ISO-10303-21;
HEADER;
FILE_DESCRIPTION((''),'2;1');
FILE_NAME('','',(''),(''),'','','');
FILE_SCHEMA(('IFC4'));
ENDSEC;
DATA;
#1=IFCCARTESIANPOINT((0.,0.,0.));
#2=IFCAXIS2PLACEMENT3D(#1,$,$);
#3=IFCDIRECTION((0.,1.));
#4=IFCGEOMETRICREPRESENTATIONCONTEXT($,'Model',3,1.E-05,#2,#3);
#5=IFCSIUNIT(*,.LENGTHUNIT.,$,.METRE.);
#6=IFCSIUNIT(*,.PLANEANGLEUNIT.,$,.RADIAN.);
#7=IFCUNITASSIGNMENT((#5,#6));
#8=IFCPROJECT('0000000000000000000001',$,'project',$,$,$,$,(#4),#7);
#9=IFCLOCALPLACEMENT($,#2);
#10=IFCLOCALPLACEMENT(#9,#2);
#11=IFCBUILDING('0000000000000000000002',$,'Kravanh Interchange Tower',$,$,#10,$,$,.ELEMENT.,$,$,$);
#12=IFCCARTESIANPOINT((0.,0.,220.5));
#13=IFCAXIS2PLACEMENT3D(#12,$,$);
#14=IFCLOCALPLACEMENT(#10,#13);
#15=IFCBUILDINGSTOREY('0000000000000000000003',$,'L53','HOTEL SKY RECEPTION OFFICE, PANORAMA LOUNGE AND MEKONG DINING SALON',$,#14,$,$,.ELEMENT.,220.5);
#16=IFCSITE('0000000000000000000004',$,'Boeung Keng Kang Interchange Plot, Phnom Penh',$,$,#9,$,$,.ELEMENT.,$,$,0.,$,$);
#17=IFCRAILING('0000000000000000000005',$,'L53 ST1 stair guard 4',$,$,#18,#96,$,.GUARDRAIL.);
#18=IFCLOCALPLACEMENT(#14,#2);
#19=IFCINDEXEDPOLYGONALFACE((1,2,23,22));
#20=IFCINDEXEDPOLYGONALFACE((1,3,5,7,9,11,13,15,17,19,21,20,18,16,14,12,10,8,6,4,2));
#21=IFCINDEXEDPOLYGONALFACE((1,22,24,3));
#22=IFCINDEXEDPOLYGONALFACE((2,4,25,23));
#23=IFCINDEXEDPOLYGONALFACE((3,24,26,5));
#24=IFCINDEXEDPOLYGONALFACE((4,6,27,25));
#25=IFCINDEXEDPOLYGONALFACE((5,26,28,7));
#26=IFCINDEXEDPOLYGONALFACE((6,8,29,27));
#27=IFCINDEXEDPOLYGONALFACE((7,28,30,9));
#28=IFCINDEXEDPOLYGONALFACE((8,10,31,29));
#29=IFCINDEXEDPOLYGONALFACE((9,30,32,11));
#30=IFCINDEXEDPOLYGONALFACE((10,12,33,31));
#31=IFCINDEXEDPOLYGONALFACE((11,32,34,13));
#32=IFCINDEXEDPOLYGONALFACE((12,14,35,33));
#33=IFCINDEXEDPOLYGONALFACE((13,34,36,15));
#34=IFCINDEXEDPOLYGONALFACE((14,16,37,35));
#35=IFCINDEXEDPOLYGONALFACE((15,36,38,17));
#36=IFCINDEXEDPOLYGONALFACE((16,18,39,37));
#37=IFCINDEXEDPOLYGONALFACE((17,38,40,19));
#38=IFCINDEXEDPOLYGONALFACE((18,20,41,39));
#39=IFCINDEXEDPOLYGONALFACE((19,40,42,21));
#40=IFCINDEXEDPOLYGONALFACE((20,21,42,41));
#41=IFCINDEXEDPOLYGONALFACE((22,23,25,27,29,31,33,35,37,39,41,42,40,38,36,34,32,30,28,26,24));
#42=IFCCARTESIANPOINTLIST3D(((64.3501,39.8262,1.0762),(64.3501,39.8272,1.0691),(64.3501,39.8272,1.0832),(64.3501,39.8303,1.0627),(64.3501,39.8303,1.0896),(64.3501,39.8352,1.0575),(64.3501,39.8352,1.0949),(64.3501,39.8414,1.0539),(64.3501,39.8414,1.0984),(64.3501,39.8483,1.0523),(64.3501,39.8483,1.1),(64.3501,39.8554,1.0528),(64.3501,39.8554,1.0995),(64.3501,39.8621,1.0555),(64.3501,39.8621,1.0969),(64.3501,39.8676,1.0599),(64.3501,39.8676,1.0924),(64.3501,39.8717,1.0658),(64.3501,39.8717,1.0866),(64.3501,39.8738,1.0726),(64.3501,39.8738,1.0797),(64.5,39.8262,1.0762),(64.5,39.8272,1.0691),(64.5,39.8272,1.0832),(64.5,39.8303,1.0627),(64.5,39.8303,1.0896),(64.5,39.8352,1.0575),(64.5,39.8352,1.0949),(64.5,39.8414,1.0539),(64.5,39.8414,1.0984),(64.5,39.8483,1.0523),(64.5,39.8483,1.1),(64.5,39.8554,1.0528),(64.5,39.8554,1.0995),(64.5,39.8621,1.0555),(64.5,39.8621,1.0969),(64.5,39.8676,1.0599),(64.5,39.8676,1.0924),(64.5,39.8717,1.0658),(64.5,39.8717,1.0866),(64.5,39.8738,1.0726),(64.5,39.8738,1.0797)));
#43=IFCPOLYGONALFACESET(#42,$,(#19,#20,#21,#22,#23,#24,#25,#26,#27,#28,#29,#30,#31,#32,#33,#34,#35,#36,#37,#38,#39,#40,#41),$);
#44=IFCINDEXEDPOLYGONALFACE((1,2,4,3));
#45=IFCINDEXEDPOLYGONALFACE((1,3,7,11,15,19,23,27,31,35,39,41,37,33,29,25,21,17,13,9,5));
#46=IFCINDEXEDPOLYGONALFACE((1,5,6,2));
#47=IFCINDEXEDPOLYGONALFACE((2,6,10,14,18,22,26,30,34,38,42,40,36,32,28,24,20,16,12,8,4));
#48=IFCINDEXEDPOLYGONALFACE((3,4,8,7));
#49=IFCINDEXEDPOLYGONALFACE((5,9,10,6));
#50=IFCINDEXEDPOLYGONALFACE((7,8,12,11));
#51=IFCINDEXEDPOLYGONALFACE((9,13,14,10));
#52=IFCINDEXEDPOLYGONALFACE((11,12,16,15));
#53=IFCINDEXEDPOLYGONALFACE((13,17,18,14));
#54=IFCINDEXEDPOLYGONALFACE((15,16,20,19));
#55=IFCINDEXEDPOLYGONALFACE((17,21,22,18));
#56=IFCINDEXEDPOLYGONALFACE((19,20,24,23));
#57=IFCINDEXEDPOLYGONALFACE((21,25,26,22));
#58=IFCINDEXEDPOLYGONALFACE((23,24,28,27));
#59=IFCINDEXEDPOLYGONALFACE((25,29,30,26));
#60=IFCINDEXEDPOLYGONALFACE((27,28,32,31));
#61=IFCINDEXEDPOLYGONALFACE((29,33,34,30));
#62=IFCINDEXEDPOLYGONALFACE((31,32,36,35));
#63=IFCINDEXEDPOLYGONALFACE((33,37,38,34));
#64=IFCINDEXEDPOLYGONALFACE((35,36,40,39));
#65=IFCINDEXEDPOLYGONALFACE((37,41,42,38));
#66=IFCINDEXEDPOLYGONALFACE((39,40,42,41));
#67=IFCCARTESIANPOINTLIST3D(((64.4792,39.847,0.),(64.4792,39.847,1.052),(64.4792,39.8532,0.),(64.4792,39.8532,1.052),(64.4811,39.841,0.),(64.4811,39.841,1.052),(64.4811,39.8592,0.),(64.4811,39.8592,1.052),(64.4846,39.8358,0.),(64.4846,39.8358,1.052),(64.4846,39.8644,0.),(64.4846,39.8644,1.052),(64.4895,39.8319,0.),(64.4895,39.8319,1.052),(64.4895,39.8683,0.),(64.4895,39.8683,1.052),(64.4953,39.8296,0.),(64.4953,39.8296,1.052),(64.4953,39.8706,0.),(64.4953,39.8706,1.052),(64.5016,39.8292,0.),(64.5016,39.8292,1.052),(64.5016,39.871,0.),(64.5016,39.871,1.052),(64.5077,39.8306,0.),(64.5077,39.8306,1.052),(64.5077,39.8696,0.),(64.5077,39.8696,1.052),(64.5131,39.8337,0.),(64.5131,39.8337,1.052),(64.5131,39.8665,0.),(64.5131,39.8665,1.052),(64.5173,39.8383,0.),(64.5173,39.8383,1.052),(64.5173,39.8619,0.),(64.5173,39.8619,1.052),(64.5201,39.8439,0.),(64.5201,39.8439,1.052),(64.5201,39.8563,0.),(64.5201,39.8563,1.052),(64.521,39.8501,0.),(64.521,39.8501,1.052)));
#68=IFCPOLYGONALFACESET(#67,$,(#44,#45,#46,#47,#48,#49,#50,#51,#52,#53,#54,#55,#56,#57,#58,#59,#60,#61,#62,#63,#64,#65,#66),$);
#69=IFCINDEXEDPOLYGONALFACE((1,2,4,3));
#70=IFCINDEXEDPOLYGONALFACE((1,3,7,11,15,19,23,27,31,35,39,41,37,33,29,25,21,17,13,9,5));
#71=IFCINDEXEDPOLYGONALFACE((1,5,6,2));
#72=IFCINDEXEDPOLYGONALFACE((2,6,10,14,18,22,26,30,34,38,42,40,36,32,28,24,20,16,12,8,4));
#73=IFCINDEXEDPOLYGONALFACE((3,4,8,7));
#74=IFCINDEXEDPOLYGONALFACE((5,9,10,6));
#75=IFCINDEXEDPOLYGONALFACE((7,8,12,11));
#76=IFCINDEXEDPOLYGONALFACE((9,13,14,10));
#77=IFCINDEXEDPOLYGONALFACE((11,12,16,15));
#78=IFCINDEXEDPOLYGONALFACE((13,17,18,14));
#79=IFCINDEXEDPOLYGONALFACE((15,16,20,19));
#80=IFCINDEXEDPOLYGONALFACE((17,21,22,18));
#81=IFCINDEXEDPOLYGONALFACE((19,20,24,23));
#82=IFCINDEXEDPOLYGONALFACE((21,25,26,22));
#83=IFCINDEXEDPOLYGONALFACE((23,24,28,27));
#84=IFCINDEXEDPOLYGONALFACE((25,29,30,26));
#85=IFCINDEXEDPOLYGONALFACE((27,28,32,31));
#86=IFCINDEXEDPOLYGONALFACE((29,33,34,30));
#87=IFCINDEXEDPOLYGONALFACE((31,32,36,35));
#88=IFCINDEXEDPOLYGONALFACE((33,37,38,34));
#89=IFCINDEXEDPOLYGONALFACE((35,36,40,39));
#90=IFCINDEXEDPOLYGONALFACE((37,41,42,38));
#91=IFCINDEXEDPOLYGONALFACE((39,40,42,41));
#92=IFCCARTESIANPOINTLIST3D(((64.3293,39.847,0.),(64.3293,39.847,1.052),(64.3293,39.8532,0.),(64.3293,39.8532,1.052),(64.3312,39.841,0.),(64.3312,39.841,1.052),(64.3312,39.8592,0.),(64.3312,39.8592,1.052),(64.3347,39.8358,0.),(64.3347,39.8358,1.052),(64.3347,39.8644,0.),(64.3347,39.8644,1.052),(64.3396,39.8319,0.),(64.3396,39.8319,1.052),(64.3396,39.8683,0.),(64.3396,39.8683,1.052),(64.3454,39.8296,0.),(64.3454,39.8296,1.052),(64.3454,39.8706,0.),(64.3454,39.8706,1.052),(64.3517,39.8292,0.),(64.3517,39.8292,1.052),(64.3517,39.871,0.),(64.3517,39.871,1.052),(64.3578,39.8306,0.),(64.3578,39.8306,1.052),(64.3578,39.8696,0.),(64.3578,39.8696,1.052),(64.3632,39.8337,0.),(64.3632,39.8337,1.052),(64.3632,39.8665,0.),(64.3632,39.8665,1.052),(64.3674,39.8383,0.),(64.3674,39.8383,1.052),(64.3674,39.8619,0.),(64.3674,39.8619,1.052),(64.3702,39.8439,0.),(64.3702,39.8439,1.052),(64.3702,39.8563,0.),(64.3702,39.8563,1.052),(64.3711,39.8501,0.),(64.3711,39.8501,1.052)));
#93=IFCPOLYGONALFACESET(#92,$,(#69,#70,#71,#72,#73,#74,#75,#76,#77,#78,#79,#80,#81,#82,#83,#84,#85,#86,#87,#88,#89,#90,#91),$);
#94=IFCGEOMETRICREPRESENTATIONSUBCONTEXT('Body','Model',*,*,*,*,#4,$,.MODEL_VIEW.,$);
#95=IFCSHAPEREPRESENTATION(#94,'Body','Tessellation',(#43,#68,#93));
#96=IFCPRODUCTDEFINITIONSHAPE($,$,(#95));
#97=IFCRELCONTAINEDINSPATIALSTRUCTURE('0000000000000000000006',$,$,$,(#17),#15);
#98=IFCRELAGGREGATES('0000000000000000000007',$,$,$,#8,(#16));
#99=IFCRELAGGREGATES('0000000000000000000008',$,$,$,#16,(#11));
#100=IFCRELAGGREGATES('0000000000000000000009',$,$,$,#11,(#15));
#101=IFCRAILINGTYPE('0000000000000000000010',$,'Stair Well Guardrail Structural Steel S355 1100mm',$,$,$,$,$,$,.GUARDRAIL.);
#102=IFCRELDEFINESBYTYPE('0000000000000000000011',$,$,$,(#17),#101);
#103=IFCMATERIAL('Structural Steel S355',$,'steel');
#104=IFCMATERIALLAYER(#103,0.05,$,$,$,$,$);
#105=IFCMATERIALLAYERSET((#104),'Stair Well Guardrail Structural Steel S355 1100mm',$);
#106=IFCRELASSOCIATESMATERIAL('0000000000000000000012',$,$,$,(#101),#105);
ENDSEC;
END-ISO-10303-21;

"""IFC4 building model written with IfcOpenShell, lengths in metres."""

from ifc_helpers import new_model, si_unit, direction, frame, origin, origin_2d, place, context, subcontext, project, spatial, circle, extrude, material, layer, layer_set, type_object, element, save


model = new_model("IFC4")

# Units and contexts
model_context = context("Model", 3, precision=1e-05, world=origin(), true_north=direction((0.0, 1.0)))
body_context = subcontext(model_context, "Body", "Model", "MODEL_VIEW")
ifc_project = project(units=[si_unit("LENGTHUNIT", "METRE"), si_unit("PLANEANGLEUNIT", "RADIAN")], contexts=[model_context])

# Site, building, storey
site_placement = place(None, origin())
site = spatial("IfcSite", under=ifc_project, at=site_placement, Name="Boeung Keng Kang Interchange Plot, Phnom Penh", CompositionType="ELEMENT", RefElevation=0.0)
building_placement = place(site_placement, origin())
building = spatial("IfcBuilding", under=site, at=building_placement, Name="Kravanh Interchange Tower", CompositionType="ELEMENT")
storey_placement = place(building_placement, frame((0.0, 0.0, 220.5)))
storey = spatial("IfcBuildingStorey", under=building, at=storey_placement, Name="L53", Description="HOTEL SKY RECEPTION OFFICE, PANORAMA LOUNGE AND MEKONG DINING SALON", CompositionType="ELEMENT", Elevation=220.5)

# Railing
ifc_material_1 = material(Name="Structural Steel S355", Category="steel")
ifc_layer_1 = layer(ifc_material_1, 0.05)
ifc_layer_set_1 = layer_set([ifc_layer_1], Name="Stair Well Guardrail Structural Steel S355 1100mm")
railing_type_1 = type_object("IfcRailingType", Name="Stair Well Guardrail Structural Steel S355 1100mm", PredefinedType="GUARDRAIL", material=ifc_layer_set_1)
railing_1_placement = place(storey_placement, frame((64.5, 39.8501, 0.0)))
element("IfcRailing", 1, at=railing_1_placement, inside=storey, type_object=railing_type_1, Name="L53 ST1 stair guard 4", PredefinedType="GUARDRAIL", context=body_context, shape_type="SweptSolid", body=[
    extrude(circle(Radius=0.0239, at=origin_2d()), frame((0.0, 0.0, 1.0762), z_axis=(-1.0, 0.0, 0.0), x_axis=(0.0, -1.0, 0.0)), (0.0, 0.0, 1.0), 0.1499),
    extrude(circle(Radius=0.021, at=origin_2d()), origin(), (0.0, 0.0, 1.0), 1.052),
    extrude(circle(Radius=0.021, at=origin_2d()), frame((-0.1499, 0.0, 0.0)), (0.0, 0.0, 1.0), 1.052),
])

save(model, "model.ifc")
